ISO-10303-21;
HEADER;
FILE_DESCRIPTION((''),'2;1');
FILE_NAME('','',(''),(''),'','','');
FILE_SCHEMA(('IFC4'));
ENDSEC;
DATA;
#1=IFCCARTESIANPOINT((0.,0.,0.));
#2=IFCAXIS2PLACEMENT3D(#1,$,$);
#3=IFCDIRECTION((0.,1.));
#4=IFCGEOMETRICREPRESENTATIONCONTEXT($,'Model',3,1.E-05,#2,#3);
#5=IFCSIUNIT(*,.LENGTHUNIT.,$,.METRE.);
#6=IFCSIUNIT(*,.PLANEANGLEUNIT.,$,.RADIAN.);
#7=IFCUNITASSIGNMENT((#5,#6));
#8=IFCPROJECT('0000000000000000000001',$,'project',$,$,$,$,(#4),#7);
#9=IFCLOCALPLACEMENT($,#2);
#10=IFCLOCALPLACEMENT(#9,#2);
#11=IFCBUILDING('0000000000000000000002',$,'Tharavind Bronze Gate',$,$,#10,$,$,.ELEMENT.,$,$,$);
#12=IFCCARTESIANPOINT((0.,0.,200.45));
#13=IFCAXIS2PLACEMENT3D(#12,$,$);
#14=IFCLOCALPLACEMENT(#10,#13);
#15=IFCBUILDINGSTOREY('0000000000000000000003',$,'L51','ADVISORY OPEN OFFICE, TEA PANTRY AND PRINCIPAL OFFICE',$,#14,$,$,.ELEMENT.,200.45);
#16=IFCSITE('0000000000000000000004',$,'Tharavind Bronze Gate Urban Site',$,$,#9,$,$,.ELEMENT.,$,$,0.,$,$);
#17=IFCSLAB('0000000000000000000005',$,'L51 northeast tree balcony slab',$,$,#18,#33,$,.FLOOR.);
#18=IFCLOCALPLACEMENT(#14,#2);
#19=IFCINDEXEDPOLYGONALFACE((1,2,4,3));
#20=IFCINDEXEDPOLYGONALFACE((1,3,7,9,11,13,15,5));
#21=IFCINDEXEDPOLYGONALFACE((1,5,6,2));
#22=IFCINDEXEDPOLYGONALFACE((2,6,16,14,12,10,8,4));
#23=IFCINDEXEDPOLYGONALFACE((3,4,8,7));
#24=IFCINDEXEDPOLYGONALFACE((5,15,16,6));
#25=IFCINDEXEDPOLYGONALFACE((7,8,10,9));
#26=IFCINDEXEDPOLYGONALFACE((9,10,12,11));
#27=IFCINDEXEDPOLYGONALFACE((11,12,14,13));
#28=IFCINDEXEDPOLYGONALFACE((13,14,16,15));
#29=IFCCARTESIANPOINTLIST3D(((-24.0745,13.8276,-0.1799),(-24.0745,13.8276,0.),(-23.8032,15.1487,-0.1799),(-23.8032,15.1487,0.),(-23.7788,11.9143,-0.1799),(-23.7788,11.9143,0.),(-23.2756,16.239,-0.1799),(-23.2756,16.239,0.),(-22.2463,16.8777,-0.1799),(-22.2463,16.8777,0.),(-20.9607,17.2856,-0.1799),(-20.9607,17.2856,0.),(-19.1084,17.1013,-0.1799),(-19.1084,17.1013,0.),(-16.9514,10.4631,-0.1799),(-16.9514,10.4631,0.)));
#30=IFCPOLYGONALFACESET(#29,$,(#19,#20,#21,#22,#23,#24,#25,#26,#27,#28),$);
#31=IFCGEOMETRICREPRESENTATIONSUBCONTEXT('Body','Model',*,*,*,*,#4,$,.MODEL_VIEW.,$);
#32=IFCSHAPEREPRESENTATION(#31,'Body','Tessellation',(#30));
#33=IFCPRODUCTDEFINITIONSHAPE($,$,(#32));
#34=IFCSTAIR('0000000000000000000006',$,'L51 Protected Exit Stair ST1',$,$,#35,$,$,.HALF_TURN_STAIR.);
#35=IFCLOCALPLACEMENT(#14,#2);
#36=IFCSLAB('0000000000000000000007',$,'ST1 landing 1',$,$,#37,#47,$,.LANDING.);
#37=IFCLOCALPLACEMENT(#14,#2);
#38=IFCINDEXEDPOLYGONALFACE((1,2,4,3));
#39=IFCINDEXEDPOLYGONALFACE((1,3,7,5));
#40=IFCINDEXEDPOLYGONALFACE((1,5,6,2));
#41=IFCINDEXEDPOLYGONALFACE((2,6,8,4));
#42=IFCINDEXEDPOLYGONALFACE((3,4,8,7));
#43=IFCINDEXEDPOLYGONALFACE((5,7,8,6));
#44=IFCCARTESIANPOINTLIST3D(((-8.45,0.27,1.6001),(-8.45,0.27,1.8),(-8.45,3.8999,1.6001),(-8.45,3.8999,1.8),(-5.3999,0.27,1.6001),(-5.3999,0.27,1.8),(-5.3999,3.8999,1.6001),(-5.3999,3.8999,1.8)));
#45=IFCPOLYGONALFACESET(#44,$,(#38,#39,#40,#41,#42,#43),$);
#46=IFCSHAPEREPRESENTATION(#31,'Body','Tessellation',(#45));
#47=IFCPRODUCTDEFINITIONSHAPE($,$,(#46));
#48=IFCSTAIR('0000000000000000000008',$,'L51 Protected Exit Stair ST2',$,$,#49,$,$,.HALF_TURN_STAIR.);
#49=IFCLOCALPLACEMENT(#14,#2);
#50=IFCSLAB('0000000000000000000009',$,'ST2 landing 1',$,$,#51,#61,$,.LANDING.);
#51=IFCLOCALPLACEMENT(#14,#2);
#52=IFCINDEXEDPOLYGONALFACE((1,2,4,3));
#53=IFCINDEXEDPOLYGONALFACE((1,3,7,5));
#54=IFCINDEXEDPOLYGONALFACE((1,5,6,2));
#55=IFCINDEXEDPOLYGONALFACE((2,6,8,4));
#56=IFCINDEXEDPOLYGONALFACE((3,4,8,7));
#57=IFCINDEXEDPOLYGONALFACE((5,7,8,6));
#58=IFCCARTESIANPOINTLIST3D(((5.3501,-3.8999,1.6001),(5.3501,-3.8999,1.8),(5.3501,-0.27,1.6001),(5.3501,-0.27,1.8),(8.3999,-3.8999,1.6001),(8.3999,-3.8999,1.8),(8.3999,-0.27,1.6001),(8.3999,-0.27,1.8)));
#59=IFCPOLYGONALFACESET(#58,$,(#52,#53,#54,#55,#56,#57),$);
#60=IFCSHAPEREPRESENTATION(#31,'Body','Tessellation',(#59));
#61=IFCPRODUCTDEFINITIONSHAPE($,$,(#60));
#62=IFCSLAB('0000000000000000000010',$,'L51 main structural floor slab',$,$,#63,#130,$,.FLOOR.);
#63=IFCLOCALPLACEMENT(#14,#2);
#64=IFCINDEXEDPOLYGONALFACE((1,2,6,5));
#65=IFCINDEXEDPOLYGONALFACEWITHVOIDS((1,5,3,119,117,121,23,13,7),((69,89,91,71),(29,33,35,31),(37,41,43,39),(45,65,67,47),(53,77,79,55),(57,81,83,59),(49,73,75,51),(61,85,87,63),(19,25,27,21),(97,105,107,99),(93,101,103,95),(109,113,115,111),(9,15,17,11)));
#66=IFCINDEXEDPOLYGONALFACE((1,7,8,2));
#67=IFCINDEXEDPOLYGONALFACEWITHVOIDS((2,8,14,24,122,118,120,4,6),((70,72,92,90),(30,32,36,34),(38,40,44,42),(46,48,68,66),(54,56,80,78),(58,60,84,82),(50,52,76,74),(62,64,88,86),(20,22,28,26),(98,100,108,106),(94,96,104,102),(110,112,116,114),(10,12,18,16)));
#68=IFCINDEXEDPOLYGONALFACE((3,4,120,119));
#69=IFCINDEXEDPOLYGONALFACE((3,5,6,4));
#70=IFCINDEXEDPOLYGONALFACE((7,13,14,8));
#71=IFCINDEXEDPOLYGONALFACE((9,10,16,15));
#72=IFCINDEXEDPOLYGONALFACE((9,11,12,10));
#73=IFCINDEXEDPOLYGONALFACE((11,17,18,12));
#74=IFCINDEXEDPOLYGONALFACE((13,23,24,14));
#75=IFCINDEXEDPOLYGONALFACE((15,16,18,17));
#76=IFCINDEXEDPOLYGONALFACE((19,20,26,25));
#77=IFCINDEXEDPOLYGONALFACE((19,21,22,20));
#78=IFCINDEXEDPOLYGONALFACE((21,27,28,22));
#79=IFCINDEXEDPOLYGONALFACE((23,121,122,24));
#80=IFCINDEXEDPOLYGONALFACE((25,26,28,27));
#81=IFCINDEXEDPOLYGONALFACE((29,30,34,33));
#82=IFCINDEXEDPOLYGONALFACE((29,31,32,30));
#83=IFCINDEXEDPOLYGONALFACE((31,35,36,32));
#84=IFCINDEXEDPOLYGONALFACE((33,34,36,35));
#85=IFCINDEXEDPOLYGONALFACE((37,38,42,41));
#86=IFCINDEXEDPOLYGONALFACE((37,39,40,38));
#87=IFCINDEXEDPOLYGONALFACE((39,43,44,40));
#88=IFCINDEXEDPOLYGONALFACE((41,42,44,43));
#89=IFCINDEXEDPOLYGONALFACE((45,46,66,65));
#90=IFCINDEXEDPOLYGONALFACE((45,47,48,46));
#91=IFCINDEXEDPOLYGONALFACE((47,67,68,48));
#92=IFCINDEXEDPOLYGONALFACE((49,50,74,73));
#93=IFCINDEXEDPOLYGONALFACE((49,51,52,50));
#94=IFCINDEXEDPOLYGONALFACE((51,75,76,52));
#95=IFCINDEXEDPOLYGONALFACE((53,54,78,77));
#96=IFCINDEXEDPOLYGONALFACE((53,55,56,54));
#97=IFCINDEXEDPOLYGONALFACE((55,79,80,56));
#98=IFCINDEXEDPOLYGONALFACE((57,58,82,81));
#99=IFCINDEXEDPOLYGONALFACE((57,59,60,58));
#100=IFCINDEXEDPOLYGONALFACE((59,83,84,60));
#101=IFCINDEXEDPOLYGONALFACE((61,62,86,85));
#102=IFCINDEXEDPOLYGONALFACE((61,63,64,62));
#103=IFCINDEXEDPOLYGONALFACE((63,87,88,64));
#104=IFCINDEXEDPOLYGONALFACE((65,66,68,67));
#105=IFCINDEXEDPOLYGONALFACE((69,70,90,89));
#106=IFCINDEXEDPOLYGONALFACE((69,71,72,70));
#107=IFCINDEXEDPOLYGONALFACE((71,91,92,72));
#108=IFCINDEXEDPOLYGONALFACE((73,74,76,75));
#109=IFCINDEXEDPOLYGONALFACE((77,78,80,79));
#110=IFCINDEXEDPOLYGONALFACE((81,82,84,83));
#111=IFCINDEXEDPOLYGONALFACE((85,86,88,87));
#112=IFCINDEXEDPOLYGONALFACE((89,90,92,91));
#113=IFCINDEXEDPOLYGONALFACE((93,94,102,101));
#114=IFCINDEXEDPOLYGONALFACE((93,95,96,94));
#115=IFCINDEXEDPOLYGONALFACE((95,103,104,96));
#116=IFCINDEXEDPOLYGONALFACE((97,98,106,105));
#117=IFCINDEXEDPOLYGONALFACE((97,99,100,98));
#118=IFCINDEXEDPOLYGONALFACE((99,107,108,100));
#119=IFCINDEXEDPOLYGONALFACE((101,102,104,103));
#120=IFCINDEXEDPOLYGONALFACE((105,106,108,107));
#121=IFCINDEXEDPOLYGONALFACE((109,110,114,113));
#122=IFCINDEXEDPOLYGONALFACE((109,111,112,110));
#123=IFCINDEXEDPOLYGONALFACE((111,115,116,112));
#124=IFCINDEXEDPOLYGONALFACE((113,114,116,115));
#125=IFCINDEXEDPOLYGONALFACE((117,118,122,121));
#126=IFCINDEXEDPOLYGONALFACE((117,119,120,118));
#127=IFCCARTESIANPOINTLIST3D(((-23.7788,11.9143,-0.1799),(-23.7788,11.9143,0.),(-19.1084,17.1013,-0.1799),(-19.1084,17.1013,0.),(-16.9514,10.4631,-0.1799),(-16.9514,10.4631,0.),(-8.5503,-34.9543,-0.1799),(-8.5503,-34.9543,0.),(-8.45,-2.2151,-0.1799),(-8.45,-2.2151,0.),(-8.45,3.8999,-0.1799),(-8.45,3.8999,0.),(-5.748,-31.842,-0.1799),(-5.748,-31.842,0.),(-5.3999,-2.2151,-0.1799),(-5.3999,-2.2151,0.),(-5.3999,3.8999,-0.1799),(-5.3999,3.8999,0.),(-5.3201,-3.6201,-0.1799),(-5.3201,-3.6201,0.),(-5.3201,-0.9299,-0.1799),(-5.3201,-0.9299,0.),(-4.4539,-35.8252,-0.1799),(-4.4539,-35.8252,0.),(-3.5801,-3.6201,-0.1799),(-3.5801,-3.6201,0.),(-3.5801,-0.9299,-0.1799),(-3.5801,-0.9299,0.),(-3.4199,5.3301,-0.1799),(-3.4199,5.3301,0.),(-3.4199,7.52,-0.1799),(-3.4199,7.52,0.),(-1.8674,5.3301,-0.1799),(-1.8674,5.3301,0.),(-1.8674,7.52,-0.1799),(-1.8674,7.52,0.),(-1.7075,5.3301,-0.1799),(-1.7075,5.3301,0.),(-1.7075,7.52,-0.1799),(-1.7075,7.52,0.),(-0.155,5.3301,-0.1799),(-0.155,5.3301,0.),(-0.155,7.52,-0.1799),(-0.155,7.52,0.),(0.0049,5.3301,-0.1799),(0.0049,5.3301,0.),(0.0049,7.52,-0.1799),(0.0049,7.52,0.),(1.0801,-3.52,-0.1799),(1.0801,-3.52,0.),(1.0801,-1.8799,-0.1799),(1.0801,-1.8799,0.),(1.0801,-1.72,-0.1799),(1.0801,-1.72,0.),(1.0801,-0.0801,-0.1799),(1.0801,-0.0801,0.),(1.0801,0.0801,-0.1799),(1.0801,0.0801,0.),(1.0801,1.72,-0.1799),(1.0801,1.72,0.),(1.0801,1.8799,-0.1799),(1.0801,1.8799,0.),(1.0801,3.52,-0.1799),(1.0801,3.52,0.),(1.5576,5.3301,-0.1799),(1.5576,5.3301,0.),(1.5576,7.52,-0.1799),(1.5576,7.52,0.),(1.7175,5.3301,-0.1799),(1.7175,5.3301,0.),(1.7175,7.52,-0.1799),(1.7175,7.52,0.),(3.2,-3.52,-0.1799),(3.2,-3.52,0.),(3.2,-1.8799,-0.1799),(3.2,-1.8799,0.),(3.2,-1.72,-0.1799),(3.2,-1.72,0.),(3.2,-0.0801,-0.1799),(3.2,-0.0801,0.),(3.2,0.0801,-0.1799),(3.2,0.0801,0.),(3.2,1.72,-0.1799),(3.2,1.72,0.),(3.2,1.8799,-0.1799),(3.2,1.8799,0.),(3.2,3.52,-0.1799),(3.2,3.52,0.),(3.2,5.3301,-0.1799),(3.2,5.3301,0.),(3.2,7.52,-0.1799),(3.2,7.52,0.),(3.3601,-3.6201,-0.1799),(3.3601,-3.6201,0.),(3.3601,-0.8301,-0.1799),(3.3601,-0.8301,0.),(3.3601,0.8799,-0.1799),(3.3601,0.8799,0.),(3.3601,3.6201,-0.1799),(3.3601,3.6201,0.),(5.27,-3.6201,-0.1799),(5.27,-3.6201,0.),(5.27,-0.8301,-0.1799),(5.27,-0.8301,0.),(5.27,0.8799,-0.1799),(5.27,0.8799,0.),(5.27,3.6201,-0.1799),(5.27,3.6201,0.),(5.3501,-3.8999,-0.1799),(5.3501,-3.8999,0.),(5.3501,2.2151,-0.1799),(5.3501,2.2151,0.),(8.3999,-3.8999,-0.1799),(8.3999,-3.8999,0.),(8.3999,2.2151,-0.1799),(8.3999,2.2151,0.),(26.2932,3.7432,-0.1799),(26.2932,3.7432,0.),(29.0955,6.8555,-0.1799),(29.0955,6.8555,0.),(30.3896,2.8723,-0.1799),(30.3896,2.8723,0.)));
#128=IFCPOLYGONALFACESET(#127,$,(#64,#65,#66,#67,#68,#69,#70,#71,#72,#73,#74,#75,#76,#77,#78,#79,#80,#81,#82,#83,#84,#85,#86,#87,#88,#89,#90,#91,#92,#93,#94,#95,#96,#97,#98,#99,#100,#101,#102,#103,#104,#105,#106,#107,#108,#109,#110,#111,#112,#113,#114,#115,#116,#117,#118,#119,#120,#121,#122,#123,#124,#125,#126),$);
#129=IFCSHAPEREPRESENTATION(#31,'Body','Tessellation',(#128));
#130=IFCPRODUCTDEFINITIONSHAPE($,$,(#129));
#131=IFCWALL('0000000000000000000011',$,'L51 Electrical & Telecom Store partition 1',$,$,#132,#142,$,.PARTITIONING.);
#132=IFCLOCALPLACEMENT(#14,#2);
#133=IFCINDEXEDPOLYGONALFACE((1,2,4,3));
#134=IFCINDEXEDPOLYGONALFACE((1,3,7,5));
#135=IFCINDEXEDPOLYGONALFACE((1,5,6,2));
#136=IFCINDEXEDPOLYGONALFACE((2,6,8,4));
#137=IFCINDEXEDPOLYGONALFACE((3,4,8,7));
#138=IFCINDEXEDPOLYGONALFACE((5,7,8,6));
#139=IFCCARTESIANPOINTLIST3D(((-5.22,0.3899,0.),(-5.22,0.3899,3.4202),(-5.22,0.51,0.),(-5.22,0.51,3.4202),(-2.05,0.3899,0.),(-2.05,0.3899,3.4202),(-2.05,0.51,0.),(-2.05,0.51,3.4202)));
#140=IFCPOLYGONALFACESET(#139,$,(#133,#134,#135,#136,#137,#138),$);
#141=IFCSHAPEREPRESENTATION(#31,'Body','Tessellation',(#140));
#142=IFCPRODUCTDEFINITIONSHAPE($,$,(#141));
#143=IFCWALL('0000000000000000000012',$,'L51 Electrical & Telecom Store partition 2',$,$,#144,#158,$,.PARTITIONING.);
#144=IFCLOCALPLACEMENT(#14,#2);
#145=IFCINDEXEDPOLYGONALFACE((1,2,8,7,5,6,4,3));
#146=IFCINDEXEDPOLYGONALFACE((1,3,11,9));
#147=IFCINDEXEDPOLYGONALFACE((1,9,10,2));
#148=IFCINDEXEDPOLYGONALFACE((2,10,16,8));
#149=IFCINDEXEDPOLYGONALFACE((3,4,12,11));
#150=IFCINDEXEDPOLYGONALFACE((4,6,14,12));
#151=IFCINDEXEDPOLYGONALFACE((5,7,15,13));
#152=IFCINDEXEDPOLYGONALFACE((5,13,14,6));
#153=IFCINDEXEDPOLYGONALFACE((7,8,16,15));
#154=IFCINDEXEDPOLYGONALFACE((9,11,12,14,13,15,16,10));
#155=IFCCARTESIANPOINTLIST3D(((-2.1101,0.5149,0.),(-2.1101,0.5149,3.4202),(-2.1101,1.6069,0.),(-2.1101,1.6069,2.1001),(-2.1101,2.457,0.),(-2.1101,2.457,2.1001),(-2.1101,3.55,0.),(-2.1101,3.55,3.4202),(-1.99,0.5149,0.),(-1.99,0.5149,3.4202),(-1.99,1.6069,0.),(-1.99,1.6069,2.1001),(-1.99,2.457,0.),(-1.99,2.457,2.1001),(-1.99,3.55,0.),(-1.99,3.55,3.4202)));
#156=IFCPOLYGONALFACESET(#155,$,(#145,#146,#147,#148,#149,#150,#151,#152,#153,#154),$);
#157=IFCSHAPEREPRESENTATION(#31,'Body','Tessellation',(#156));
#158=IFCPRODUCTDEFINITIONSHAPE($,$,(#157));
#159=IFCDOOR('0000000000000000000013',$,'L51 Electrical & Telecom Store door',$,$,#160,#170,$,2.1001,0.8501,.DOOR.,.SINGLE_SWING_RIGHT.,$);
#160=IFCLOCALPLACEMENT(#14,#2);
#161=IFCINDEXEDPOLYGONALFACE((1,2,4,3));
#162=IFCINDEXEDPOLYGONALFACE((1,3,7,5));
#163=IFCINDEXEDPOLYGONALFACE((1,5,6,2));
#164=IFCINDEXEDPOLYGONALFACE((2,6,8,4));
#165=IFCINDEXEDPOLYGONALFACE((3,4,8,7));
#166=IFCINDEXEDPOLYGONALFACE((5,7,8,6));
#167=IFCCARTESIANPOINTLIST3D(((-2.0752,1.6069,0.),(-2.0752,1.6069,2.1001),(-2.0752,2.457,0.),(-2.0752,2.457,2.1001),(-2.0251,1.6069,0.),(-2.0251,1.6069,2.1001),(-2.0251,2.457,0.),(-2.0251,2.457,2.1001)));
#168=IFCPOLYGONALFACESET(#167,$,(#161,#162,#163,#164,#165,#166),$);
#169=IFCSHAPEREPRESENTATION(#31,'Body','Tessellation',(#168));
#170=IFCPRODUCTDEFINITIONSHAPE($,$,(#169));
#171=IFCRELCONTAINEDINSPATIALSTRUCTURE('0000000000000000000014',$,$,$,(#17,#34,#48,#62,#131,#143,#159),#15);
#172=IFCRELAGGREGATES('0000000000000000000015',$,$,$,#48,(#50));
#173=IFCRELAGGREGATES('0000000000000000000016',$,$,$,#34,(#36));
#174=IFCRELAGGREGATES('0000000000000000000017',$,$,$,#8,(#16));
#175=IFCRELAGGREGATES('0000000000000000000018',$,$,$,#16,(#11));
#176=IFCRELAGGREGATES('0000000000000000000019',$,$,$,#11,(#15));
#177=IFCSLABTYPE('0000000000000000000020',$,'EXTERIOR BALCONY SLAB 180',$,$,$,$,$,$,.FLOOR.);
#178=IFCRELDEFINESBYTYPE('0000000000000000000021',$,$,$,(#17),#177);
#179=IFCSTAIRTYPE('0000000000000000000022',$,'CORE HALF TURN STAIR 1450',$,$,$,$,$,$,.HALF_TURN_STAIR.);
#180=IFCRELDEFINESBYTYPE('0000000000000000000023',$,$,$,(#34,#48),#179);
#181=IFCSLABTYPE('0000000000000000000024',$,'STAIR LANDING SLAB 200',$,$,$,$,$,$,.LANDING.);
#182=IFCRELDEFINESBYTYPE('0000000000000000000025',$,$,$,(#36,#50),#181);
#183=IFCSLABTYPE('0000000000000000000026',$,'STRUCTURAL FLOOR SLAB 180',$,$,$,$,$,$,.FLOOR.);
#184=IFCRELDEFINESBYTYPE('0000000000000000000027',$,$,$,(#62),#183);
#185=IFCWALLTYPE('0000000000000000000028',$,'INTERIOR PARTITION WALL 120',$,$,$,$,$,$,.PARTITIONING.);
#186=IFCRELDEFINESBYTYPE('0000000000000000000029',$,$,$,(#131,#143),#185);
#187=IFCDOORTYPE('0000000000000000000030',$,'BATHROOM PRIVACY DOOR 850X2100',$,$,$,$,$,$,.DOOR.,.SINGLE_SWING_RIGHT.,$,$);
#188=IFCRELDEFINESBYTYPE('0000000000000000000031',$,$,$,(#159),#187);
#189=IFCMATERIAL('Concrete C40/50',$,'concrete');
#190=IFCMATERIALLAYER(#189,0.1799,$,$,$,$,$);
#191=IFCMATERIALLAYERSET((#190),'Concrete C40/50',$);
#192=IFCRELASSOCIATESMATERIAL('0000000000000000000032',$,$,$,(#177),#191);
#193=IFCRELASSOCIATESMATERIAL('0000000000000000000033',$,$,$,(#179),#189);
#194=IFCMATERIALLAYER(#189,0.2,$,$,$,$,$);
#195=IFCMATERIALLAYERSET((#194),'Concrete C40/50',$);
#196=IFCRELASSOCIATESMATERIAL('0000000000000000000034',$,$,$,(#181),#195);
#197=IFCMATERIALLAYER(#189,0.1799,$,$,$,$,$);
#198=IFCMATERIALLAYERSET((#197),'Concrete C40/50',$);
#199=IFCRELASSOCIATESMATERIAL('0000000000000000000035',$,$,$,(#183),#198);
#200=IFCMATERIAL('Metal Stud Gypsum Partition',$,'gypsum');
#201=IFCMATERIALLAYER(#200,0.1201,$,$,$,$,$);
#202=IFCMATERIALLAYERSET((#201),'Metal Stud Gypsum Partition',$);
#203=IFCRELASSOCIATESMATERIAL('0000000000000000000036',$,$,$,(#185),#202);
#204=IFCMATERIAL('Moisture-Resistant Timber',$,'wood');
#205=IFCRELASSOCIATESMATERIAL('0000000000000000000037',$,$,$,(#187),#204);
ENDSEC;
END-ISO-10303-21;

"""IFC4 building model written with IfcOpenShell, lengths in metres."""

from ifc_helpers import new_model, si_unit, direction, frame, frame_2d, origin, place, context, subcontext, project, spatial, polyline, rectangle, outline, extrude, material, layer, layer_set, type_object, element, fill, aggregate, save


model = new_model("IFC4")

# Units and contexts
model_context = context("Model", 3, precision=1e-05, world=origin(), true_north=direction((0.0, 1.0)))
body_context = subcontext(model_context, "Body", "Model", "MODEL_VIEW")
ifc_project = project(units=[si_unit("LENGTHUNIT", "METRE"), si_unit("PLANEANGLEUNIT", "RADIAN")], contexts=[model_context])

# Site, building, storey
site_placement = place(None, origin())
site = spatial("IfcSite", under=ifc_project, at=site_placement, Name="Tharavind Bronze Gate Urban Site", CompositionType="ELEMENT", RefElevation=0.0)
building_placement = place(site_placement, origin())
building = spatial("IfcBuilding", under=site, at=building_placement, Name="Tharavind Bronze Gate", CompositionType="ELEMENT")
storey_placement = place(building_placement, frame((0.0, 0.0, 200.45)))
storey = spatial("IfcBuildingStorey", under=building, at=storey_placement, Name="L51", Description="ADVISORY OPEN OFFICE, TEA PANTRY AND PRINCIPAL OFFICE", CompositionType="ELEMENT", Elevation=200.45)

# Slab
ifc_material_1 = material(Name="Concrete C40/50", Category="concrete")
ifc_layer_1 = layer(ifc_material_1, 0.1799)
ifc_layer_set_1 = layer_set([ifc_layer_1], Name="Concrete C40/50")
slab_type_1 = type_object("IfcSlabType", Name="EXTERIOR BALCONY SLAB 180", PredefinedType="FLOOR", material=ifc_layer_set_1)
slab_1_placement = place(storey_placement, frame((0.0, 0.0, -0.1799)))
element("IfcSlab", 1, at=slab_1_placement, inside=storey, type_object=slab_type_1, Name="L51 northeast tree balcony slab", PredefinedType="FLOOR", context=body_context, shape_type="SweptSolid", body=[
    extrude(outline(polyline([(-20.9607, 17.2856), (-22.2463, 16.8777), (-23.2756, 16.239), (-23.8032, 15.1487), (-24.0745, 13.8276), (-23.7788, 11.9143), (-16.9514, 10.4631), (-19.1084, 17.1013), (-20.9607, 17.2856)])), origin(), (0.0, 0.0, 1.0), 0.1799),
])

# Stairs, slabs
stair_type = type_object("IfcStairType", Name="CORE HALF TURN STAIR 1450", PredefinedType="HALF_TURN_STAIR", material=ifc_material_1)
stair_1_placement = place(storey_placement, origin())
stair_1 = element("IfcStair", 2, at=stair_1_placement, inside=storey, type_object=stair_type, Name="L51 Protected Exit Stair ST1", PredefinedType="HALF_TURN_STAIR")
ifc_layer_2 = layer(ifc_material_1, 0.2)
ifc_layer_set_2 = layer_set([ifc_layer_2], Name="Concrete C40/50")
slab_type_2 = type_object("IfcSlabType", Name="STAIR LANDING SLAB 200", PredefinedType="LANDING", material=ifc_layer_set_2)
slab_2_placement = place(storey_placement, frame((0.0, 0.0, 1.6001)))
slab_2 = element("IfcSlab", 3, at=slab_2_placement, type_object=slab_type_2, Name="ST1 landing 1", PredefinedType="LANDING", context=body_context, shape_type="SweptSolid", body=[
    extrude(outline(polyline([(-5.3999, 0.27), (-5.3999, 3.8999), (-8.45, 3.8999), (-8.45, 0.27), (-5.3999, 0.27)])), origin(), (0.0, 0.0, 1.0), 0.2),
])
stair_2_placement = place(storey_placement, origin())
stair_2 = element("IfcStair", 4, at=stair_2_placement, inside=storey, type_object=stair_type, Name="L51 Protected Exit Stair ST2", PredefinedType="HALF_TURN_STAIR")
slab_3_placement = place(storey_placement, frame((0.0, 0.0, 1.6001)))
slab_3 = element("IfcSlab", 5, at=slab_3_placement, type_object=slab_type_2, Name="ST2 landing 1", PredefinedType="LANDING", context=body_context, shape_type="SweptSolid", body=[
    extrude(outline(polyline([(5.3501, -0.27), (5.3501, -3.8999), (8.3999, -3.8999), (8.3999, -0.27), (5.3501, -0.27)])), origin(), (0.0, 0.0, 1.0), 0.2),
])
aggregate(stair_2, [slab_3])

# Slab
ifc_layer_3 = layer(ifc_material_1, 0.1799)
ifc_layer_set_3 = layer_set([ifc_layer_3], Name="Concrete C40/50")
slab_type_3 = type_object("IfcSlabType", Name="STRUCTURAL FLOOR SLAB 180", PredefinedType="FLOOR", material=ifc_layer_set_3)
slab_4_placement = place(storey_placement, frame((0.0, 0.0, -0.1799)))
element("IfcSlab", 6, at=slab_4_placement, inside=storey, type_object=slab_type_3, Name="L51 main structural floor slab", PredefinedType="FLOOR", context=body_context, shape_type="SweptSolid", body=[
    extrude(outline(polyline([(-19.1084, 17.1013), (-16.9514, 10.4631), (-23.7788, 11.9143), (-8.5503, -34.9543), (-5.748, -31.842), (-4.4539, -35.8252), (30.3896, 2.8723), (26.2932, 3.7432), (29.0955, 6.8555), (-19.1084, 17.1013)]), holes=[polyline([(-5.3999, -2.2151), (-5.3999, 3.8999), (-8.45, 3.8999), (-8.45, -2.2151), (-5.3999, -2.2151)]), polyline([(5.3501, 2.2151), (5.3501, -3.8999), (8.3999, -3.8999), (8.3999, 2.2151), (5.3501, 2.2151)]), polyline([(-3.4199, 5.3301), (-1.8674, 5.3301), (-1.8674, 7.52), (-3.4199, 7.52), (-3.4199, 5.3301)]), polyline([(-1.7075, 5.3301), (-0.155, 5.3301), (-0.155, 7.52), (-1.7075, 7.52), (-1.7075, 5.3301)]), polyline([(0.0049, 5.3301), (1.5576, 5.3301), (1.5576, 7.52), (0.0049, 7.52), (0.0049, 5.3301)]), polyline([(1.7175, 5.3301), (3.2, 5.3301), (3.2, 7.52), (1.7175, 7.52), (1.7175, 5.3301)]), polyline([(1.0801, -3.52), (3.2, -3.52), (3.2, -1.8799), (1.0801, -1.8799), (1.0801, -3.52)]), polyline([(1.0801, -1.72), (3.2, -1.72), (3.2, -0.0801), (1.0801, -0.0801), (1.0801, -1.72)]), polyline([(1.0801, 0.0801), (3.2, 0.0801), (3.2, 1.72), (1.0801, 1.72), (1.0801, 0.0801)]), polyline([(1.0801, 1.8799), (3.2, 1.8799), (3.2, 3.52), (1.0801, 3.52), (1.0801, 1.8799)]), polyline([(-5.3201, -3.6201), (-3.5801, -3.6201), (-3.5801, -0.9299), (-5.3201, -0.9299), (-5.3201, -3.6201)]), polyline([(3.3601, 0.8799), (5.27, 0.8799), (5.27, 3.6201), (3.3601, 3.6201), (3.3601, 0.8799)]), polyline([(3.3601, -3.6201), (5.27, -3.6201), (5.27, -0.8301), (3.3601, -0.8301), (3.3601, -3.6201)])]), origin(), (0.0, 0.0, 1.0), 0.1799),
])

# Wall
ifc_material_2 = material(Name="Metal Stud Gypsum Partition", Category="gypsum")
ifc_layer_4 = layer(ifc_material_2, 0.1201)
ifc_layer_set_4 = layer_set([ifc_layer_4], Name="Metal Stud Gypsum Partition")
wall_type_1 = type_object("IfcWallType", Name="INTERIOR PARTITION WALL 120", PredefinedType="PARTITIONING", material=ifc_layer_set_4)
wall_1_placement = place(storey_placement, frame((-5.22, 0.45, 0.0), z_axis=(0.0, 0.0, 1.0), x_axis=(1.0, 0.0, 0.0)))
element("IfcWall", 7, at=wall_1_placement, inside=storey, type_object=wall_type_1, Name="L51 Electrical & Telecom Store partition 1", PredefinedType="PARTITIONING", context=body_context, shape_type="SweptSolid", body=[
    extrude(rectangle(XDim=3.1699, YDim=0.1201, at=frame_2d((1.585, 0.0))), origin(), (0.0, 0.0, 1.0), 3.4202),
])

# Wall, opening, door
wall_2_placement = place(storey_placement, frame((-2.05, 0.5149, 0.0), z_axis=(0.0, 0.0, 1.0), x_axis=(0.0, 1.0, 0.0)))
wall_2 = element("IfcWall", 8, at=wall_2_placement, inside=storey, type_object=wall_type_1, Name="L51 Electrical & Telecom Store partition 2", PredefinedType="PARTITIONING", context=body_context, shape_type="SweptSolid", body=[
    extrude(rectangle(XDim=3.0352, YDim=0.1201, at=frame_2d((1.5176, 0.0))), origin(), (0.0, 0.0, 1.0), 3.4202),
])
opening_1_placement = place(wall_2_placement, frame((1.092, 0.0, 0.0)))
opening_1 = element("IfcOpeningElement", 9, at=opening_1_placement, cuts=wall_2, PredefinedType="OPENING", context=body_context, shape_type="SweptSolid", body=[
    extrude(rectangle(XDim=0.8501, YDim=2.1001, at=frame_2d((0.425, 1.05))), frame((0.0, 0.0701, 0.0), z_axis=(0.0, -1.0, 0.0), x_axis=(1.0, 0.0, 0.0)), (0.0, 0.0, 1.0), 0.1401),
])
ifc_material_3 = material(Name="Moisture-Resistant Timber", Category="wood")
door_type_1 = type_object("IfcDoorType", Name="BATHROOM PRIVACY DOOR 850X2100", OperationType="SINGLE_SWING_RIGHT", PredefinedType="DOOR", material=ifc_material_3)
door_1_placement = place(opening_1_placement, frame((0.8501, 0.0, 0.0), z_axis=(0.0, 0.0, 1.0), x_axis=(-1.0, 0.0, 0.0)))
door_1 = element("IfcDoor", 10, at=door_1_placement, inside=storey, type_object=door_type_1, Name="L51 Electrical & Telecom Store door", OperationType="SINGLE_SWING_RIGHT", OverallHeight=2.1001, OverallWidth=0.8501, PredefinedType="DOOR", context=body_context, shape_type="SweptSolid", body=[
    extrude(rectangle(XDim=0.8501, YDim=2.1001, at=frame_2d((0.425, 1.05))), frame((0.0, 0.0249, 0.0), z_axis=(0.0, -1.0, 0.0), x_axis=(1.0, 0.0, 0.0)), (0.0, 0.0, 1.0), 0.05),
])
fill(opening_1, door_1)

aggregate(stair_1, [slab_2])

save(model, "model.ifc")
